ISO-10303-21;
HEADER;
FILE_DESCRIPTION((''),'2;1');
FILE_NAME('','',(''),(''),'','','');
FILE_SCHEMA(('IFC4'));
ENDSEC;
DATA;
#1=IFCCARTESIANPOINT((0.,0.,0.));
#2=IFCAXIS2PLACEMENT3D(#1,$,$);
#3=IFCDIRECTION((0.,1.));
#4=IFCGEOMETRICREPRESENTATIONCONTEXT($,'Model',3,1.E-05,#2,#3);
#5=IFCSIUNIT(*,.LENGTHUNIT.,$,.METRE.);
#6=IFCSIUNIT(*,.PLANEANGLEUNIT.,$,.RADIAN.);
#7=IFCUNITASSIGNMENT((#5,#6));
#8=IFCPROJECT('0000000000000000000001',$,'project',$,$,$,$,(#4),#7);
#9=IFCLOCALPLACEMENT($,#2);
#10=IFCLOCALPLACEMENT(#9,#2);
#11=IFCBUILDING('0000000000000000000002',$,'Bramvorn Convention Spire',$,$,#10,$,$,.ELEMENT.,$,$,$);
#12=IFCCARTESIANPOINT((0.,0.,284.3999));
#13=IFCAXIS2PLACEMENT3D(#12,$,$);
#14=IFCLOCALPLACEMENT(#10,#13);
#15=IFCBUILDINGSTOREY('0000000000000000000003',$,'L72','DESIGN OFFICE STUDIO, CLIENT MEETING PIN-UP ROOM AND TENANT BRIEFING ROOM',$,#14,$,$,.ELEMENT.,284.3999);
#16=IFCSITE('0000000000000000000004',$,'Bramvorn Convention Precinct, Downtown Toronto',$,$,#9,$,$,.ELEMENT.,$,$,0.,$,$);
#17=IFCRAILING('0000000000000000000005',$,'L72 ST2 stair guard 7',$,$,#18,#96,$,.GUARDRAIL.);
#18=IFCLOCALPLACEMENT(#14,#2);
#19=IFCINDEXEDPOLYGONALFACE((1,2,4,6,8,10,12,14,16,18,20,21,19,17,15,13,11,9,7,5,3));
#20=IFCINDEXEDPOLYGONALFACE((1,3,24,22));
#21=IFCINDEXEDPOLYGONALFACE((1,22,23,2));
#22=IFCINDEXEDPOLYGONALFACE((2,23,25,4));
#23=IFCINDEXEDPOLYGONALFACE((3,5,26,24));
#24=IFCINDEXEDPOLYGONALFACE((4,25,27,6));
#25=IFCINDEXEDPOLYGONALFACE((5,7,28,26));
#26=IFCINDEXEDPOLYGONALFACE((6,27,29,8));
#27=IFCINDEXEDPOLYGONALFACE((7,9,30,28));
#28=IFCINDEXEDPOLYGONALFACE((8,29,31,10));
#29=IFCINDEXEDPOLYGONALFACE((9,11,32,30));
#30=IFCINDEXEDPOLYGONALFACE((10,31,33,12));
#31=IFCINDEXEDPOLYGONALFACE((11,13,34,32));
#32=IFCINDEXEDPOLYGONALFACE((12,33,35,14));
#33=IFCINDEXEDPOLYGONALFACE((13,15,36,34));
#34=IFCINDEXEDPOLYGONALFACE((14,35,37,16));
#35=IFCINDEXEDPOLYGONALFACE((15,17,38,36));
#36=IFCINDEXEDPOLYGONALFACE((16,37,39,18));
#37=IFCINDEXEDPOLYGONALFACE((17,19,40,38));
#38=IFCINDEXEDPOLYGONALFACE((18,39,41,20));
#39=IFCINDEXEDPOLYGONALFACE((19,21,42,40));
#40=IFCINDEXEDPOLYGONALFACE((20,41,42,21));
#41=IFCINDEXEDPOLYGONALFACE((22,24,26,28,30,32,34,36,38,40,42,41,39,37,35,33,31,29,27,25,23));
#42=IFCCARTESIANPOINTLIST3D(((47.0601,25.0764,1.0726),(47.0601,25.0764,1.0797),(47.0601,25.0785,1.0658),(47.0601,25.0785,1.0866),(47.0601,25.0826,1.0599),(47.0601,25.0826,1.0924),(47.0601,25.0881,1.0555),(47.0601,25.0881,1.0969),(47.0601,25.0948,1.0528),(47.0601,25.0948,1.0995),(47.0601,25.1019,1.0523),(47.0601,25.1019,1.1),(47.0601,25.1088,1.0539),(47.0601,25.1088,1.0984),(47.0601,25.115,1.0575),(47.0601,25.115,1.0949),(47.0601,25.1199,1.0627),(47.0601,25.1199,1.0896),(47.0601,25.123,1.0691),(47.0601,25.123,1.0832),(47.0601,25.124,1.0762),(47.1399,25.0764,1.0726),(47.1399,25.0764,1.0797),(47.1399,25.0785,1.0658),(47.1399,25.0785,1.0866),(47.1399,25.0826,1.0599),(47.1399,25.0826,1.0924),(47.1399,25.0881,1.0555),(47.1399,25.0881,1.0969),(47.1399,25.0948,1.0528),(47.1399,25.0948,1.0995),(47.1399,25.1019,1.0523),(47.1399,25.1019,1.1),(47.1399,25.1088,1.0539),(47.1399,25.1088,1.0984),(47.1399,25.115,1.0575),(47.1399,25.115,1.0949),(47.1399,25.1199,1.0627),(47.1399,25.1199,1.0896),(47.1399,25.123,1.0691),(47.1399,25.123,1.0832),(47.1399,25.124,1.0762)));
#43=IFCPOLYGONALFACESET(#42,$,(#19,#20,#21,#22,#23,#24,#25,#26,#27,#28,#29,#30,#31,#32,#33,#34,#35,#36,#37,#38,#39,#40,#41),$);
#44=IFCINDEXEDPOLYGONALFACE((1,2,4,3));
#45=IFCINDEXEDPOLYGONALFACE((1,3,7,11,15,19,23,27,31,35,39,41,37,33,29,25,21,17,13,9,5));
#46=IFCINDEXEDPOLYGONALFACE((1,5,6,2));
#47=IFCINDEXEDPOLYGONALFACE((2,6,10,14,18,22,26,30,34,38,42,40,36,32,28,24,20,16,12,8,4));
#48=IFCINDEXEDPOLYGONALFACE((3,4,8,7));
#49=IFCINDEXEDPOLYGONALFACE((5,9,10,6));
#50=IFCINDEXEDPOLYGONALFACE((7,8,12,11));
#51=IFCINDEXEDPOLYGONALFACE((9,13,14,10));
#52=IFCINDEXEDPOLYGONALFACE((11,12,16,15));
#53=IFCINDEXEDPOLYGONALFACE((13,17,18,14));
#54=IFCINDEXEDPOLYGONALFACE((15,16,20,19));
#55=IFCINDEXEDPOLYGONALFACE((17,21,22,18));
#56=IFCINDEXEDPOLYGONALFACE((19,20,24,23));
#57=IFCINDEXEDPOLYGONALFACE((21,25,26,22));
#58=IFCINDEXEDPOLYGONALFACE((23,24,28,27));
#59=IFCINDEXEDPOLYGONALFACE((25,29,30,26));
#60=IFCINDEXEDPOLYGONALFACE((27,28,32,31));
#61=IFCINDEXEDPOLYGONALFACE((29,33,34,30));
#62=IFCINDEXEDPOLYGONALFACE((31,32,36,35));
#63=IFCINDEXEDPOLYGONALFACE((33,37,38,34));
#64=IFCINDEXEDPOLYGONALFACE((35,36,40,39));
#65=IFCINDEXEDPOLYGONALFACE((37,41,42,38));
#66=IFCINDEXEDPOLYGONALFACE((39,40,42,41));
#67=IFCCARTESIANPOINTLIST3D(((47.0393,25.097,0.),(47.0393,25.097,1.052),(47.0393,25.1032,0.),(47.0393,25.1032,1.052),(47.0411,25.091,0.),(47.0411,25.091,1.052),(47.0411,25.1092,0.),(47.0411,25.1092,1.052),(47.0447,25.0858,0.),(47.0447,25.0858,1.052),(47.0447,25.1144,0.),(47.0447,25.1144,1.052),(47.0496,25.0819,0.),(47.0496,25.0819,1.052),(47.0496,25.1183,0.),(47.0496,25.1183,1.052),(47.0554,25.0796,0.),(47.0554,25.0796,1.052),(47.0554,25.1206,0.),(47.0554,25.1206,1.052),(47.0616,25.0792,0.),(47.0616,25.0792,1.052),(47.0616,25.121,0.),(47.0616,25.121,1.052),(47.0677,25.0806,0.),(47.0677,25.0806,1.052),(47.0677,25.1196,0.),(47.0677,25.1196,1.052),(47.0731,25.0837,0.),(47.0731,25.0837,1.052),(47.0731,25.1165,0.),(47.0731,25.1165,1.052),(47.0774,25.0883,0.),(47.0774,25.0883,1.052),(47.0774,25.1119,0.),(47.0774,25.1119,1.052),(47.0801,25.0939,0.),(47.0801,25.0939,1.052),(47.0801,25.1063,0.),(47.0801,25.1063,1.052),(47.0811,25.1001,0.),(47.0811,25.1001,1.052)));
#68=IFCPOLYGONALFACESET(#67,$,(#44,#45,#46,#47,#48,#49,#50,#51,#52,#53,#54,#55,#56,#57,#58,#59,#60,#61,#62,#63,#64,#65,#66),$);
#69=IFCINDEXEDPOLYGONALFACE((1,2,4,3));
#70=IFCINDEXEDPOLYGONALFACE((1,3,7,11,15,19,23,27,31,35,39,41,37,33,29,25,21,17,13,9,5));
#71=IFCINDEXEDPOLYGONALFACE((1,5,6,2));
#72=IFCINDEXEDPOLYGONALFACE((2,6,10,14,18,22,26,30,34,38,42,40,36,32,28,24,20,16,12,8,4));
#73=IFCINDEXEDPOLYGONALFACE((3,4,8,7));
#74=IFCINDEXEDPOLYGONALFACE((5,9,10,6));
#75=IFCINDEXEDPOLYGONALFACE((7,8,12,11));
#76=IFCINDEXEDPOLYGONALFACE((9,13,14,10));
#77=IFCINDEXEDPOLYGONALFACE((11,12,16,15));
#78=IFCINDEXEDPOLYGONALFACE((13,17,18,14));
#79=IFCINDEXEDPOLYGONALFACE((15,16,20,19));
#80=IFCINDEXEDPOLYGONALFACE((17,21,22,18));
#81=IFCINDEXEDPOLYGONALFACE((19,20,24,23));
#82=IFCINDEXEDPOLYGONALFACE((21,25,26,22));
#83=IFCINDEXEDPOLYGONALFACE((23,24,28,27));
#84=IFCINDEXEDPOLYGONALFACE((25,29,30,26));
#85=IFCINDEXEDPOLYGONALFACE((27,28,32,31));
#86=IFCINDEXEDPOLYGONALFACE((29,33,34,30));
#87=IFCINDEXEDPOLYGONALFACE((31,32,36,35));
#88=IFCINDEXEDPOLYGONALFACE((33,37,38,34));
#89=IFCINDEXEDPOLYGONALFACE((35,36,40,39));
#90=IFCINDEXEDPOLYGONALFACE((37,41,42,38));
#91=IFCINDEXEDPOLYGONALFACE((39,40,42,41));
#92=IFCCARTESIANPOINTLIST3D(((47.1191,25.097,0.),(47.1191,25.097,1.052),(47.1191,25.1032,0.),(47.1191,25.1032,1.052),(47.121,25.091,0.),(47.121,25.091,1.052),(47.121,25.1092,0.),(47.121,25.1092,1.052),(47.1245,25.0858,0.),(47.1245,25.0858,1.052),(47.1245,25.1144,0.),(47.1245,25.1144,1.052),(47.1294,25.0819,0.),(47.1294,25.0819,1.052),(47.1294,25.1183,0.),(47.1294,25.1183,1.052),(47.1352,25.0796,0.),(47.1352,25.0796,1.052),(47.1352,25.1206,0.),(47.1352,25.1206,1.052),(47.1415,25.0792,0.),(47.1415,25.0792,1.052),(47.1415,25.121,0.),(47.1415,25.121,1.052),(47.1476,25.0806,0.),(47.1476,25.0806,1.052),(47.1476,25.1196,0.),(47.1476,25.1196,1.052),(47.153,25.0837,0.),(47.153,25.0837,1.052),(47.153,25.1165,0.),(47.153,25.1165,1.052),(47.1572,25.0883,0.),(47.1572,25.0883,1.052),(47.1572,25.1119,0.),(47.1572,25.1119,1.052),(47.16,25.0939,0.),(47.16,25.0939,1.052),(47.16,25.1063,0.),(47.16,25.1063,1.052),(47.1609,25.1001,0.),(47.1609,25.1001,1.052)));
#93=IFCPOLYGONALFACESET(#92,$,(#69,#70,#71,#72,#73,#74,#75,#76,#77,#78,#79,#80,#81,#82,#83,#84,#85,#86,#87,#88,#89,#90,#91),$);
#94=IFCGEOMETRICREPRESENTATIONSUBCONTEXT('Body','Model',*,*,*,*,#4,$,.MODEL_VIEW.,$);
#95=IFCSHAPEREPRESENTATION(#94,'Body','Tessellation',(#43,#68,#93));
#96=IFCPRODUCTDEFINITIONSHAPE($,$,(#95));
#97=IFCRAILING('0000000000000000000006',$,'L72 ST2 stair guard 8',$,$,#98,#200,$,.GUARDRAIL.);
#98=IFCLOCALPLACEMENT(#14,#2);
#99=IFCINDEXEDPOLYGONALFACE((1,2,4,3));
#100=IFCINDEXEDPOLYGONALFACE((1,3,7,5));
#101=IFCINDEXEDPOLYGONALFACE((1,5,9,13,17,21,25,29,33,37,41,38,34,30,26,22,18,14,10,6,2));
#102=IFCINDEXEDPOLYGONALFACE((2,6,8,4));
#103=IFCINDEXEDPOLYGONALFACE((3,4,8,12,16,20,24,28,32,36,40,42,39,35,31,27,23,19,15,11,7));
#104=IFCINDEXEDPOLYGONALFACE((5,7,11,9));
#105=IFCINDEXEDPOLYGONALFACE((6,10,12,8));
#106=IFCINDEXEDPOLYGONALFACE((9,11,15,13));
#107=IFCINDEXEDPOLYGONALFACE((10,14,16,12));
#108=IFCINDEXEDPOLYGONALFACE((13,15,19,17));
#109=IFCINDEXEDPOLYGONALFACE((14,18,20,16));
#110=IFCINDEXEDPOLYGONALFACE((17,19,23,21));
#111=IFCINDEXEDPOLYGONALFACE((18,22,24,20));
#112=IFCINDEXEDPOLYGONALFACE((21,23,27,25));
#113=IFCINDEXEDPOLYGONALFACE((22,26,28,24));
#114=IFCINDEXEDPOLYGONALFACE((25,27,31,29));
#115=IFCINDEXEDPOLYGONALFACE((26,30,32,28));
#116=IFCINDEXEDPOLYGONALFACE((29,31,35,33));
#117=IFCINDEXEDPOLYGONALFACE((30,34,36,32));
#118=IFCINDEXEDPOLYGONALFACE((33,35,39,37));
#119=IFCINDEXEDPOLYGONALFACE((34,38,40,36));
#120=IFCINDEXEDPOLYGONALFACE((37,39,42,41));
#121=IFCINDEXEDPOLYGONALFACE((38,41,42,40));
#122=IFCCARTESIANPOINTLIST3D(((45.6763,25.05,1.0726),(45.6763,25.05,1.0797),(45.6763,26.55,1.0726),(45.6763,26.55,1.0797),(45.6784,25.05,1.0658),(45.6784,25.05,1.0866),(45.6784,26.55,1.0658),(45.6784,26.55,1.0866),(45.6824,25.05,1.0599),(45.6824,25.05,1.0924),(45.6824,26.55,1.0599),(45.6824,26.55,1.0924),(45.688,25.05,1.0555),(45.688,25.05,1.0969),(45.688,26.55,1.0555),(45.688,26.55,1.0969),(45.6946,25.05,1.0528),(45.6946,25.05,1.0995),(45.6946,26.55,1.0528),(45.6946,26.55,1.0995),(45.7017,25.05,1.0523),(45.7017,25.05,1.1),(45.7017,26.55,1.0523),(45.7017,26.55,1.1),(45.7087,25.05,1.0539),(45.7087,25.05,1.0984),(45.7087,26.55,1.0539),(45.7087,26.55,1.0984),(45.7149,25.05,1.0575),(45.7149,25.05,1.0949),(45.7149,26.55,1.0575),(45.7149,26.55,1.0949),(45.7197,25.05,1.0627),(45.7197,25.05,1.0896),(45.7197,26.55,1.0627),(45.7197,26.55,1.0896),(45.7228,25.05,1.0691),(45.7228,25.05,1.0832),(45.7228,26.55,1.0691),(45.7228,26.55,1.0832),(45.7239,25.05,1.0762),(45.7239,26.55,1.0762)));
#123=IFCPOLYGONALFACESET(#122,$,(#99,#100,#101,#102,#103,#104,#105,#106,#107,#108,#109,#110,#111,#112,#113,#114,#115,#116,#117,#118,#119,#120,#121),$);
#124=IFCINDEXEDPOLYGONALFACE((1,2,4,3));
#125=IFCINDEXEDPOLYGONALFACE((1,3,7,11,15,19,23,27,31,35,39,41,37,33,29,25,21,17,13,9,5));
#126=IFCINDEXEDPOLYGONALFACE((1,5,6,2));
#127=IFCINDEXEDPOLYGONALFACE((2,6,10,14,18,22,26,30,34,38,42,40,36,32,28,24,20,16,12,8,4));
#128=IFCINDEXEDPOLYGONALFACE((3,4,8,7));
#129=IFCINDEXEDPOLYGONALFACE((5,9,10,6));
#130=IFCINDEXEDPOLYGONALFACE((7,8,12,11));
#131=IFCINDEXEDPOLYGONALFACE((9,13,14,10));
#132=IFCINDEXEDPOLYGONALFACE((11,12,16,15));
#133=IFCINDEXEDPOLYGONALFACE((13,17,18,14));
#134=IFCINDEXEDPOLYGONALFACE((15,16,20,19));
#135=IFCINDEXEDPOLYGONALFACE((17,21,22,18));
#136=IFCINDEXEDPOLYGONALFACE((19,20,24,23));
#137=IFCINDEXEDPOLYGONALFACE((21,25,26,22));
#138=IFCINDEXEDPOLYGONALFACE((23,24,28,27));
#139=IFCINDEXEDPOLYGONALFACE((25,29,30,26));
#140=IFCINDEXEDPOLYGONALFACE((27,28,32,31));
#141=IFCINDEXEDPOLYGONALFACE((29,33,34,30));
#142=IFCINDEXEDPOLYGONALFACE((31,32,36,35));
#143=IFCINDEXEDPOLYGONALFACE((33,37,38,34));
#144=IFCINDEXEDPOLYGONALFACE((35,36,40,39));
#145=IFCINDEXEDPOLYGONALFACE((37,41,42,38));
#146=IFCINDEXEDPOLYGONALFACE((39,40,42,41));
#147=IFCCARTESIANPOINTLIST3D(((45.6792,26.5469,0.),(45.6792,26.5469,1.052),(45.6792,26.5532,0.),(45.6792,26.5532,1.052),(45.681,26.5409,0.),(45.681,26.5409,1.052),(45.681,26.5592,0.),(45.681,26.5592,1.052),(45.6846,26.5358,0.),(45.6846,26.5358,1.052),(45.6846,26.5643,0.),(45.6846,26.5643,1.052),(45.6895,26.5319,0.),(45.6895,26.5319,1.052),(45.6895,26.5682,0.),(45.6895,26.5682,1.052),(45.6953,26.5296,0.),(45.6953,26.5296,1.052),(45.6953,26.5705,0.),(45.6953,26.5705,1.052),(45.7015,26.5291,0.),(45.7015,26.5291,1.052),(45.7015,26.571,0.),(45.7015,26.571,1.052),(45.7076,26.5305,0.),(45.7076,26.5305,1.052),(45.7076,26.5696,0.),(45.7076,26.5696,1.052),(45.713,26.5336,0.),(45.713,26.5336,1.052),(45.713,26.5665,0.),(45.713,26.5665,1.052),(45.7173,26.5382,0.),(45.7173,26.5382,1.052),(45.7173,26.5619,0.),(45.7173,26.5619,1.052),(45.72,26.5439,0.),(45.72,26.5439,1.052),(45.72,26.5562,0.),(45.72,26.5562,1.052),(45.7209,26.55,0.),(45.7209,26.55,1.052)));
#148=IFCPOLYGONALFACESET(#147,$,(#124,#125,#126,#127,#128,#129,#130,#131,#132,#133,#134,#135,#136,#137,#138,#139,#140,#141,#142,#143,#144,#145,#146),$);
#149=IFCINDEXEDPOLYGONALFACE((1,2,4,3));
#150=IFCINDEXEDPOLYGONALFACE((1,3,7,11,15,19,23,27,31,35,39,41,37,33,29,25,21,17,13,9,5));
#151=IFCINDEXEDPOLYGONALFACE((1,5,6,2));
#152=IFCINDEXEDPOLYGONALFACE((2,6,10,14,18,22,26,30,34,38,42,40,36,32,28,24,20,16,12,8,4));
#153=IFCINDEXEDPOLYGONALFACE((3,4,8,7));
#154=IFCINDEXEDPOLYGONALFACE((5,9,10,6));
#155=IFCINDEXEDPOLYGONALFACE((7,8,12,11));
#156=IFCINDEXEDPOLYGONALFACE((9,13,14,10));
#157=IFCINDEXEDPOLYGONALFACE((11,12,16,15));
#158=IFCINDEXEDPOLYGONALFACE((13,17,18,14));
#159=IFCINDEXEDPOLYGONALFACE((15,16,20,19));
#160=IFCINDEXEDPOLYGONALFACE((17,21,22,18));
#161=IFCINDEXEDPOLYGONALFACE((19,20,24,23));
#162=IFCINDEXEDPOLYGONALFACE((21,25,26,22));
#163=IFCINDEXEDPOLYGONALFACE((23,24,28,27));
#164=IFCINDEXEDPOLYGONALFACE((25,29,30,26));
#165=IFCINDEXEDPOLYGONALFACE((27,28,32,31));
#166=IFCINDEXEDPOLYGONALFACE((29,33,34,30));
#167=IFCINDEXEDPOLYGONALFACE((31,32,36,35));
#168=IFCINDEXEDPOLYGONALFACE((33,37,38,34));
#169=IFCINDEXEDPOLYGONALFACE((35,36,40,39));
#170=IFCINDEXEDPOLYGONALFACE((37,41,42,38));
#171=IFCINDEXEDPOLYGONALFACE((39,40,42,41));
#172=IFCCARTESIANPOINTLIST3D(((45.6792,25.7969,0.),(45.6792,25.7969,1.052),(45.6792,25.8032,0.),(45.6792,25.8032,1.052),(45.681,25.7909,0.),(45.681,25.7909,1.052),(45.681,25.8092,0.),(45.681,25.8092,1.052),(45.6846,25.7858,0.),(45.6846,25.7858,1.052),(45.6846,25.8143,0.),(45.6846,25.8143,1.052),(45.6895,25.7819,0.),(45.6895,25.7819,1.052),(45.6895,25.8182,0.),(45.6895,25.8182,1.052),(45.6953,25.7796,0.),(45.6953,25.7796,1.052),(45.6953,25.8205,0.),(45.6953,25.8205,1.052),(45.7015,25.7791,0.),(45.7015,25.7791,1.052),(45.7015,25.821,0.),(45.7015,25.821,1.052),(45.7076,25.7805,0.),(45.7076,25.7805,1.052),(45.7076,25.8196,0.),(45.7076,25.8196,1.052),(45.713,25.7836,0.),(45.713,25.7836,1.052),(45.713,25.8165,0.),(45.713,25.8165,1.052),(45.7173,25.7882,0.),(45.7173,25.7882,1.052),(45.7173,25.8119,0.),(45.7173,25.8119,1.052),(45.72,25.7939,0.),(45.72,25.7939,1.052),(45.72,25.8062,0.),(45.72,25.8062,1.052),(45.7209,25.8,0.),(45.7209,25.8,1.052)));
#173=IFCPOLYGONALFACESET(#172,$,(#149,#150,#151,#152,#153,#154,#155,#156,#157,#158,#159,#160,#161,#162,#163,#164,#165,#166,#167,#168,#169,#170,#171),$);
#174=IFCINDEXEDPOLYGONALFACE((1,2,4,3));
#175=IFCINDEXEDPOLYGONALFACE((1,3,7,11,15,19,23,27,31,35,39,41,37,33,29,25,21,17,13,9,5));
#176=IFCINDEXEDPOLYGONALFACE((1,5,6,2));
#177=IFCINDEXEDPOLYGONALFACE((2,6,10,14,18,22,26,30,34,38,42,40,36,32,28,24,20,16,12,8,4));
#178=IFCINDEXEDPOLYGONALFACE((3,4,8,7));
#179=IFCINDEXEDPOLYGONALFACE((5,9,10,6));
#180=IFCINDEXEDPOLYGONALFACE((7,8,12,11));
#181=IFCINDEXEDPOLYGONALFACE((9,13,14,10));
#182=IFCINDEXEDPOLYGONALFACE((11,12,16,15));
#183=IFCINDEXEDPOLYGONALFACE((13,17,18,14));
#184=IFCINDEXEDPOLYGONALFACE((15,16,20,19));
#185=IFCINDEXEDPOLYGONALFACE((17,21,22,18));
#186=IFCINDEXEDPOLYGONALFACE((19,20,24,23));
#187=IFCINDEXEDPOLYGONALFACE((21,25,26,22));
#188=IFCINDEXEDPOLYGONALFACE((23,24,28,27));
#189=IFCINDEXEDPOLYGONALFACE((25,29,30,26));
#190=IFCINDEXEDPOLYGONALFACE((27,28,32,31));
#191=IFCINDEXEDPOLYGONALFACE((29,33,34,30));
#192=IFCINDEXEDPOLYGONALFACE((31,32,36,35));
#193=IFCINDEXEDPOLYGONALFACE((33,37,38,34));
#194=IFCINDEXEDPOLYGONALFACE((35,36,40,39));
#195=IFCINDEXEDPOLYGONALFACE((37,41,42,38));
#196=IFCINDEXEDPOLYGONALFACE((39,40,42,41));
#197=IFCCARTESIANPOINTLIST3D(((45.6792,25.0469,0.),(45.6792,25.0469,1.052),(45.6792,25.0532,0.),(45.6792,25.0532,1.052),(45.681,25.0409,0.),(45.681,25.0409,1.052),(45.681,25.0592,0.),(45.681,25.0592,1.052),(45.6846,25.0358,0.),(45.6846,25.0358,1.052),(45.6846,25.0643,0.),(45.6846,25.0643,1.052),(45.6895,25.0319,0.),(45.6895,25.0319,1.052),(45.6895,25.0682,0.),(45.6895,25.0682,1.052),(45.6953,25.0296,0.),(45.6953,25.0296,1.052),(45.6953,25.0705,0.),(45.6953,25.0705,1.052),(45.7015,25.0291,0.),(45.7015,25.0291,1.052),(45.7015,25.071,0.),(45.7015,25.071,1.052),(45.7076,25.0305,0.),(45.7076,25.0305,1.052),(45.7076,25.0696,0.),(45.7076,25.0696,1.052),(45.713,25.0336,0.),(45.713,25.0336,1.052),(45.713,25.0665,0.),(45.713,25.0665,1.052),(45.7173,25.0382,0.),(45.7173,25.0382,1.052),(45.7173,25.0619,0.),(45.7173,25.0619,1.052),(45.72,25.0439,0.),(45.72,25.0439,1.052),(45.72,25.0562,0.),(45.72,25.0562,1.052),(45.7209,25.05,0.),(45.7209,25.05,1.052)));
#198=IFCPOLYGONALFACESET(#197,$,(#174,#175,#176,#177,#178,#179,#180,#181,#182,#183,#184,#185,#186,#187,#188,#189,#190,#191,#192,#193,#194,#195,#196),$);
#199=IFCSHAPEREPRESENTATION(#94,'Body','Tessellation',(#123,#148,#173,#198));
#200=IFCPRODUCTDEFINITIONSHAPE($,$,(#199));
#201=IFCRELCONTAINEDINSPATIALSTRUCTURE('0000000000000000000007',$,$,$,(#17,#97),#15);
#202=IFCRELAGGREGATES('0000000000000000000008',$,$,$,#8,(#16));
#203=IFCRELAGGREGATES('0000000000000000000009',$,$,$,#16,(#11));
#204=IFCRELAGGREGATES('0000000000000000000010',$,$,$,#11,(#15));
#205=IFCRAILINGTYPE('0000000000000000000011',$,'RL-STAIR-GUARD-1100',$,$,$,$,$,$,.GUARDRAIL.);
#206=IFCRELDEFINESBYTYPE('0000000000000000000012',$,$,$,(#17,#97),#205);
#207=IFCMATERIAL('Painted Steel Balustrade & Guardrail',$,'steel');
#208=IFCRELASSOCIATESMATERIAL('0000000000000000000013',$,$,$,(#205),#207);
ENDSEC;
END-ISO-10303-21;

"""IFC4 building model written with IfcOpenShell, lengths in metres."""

from ifc_helpers import new_model, si_unit, direction, frame, origin, origin_2d, place, context, subcontext, project, spatial, circle, extrude, material, type_object, element, save


model = new_model("IFC4")

# Units and contexts
model_context = context("Model", 3, precision=1e-05, world=origin(), true_north=direction((0.0, 1.0)))
body_context = subcontext(model_context, "Body", "Model", "MODEL_VIEW")
ifc_project = project(units=[si_unit("LENGTHUNIT", "METRE"), si_unit("PLANEANGLEUNIT", "RADIAN")], contexts=[model_context])

# Site, building, storey
site_placement = place(None, origin())
site = spatial("IfcSite", under=ifc_project, at=site_placement, Name="Bramvorn Convention Precinct, Downtown Toronto", CompositionType="ELEMENT", RefElevation=0.0)
building_placement = place(site_placement, origin())
building = spatial("IfcBuilding", under=site, at=building_placement, Name="Bramvorn Convention Spire", CompositionType="ELEMENT")
storey_placement = place(building_placement, frame((0.0, 0.0, 284.3999)))
storey = spatial("IfcBuildingStorey", under=building, at=storey_placement, Name="L72", Description="DESIGN OFFICE STUDIO, CLIENT MEETING PIN-UP ROOM AND TENANT BRIEFING ROOM", CompositionType="ELEMENT", Elevation=284.3999)

# Railings
ifc_material_1 = material(Name="Painted Steel Balustrade & Guardrail", Category="steel")
railing_type_1 = type_object("IfcRailingType", Name="RL-STAIR-GUARD-1100", PredefinedType="GUARDRAIL", material=ifc_material_1)
railing_1_placement = place(storey_placement, frame((47.0601, 25.1001, 0.0)))
element("IfcRailing", 1, at=railing_1_placement, inside=storey, type_object=railing_type_1, Name="L72 ST2 stair guard 7", PredefinedType="GUARDRAIL", context=body_context, shape_type="SweptSolid", body=[
    extrude(circle(Radius=0.0239, at=origin_2d()), frame((0.0, 0.0, 1.0762), z_axis=(1.0, 0.0, 0.0), x_axis=(0.0, 1.0, 0.0)), (0.0, 0.0, 1.0), 0.0798),
    extrude(circle(Radius=0.021, at=origin_2d()), origin(), (0.0, 0.0, 1.0), 1.052),
    extrude(circle(Radius=0.021, at=origin_2d()), frame((0.0798, 0.0, 0.0)), (0.0, 0.0, 1.0), 1.052),
])
for number, where, name in (
    (2, (45.7, 26.55, 0.0), "L72 ST2 stair guard 8"),
):
    element("IfcRailing", number, at=place(storey_placement, frame(where)), inside=storey, type_object=railing_type_1, Name=name, PredefinedType="GUARDRAIL", context=body_context, shape_type="SweptSolid", body=[
        extrude(circle(Radius=0.0239, at=origin_2d()), frame((0.0, 0.0, 1.0762), z_axis=(0.0, -1.0, 0.0), x_axis=(1.0, 0.0, 0.0)), (0.0, 0.0, 1.0), 1.5),
        extrude(circle(Radius=0.021, at=origin_2d()), origin(), (0.0, 0.0, 1.0), 1.052),
        extrude(circle(Radius=0.021, at=origin_2d()), frame((0.0, -0.75, 0.0)), (0.0, 0.0, 1.0), 1.052),
        extrude(circle(Radius=0.021, at=origin_2d()), frame((0.0, -1.5, 0.0)), (0.0, 0.0, 1.0), 1.052),
    ])

save(model, "model.ifc")
